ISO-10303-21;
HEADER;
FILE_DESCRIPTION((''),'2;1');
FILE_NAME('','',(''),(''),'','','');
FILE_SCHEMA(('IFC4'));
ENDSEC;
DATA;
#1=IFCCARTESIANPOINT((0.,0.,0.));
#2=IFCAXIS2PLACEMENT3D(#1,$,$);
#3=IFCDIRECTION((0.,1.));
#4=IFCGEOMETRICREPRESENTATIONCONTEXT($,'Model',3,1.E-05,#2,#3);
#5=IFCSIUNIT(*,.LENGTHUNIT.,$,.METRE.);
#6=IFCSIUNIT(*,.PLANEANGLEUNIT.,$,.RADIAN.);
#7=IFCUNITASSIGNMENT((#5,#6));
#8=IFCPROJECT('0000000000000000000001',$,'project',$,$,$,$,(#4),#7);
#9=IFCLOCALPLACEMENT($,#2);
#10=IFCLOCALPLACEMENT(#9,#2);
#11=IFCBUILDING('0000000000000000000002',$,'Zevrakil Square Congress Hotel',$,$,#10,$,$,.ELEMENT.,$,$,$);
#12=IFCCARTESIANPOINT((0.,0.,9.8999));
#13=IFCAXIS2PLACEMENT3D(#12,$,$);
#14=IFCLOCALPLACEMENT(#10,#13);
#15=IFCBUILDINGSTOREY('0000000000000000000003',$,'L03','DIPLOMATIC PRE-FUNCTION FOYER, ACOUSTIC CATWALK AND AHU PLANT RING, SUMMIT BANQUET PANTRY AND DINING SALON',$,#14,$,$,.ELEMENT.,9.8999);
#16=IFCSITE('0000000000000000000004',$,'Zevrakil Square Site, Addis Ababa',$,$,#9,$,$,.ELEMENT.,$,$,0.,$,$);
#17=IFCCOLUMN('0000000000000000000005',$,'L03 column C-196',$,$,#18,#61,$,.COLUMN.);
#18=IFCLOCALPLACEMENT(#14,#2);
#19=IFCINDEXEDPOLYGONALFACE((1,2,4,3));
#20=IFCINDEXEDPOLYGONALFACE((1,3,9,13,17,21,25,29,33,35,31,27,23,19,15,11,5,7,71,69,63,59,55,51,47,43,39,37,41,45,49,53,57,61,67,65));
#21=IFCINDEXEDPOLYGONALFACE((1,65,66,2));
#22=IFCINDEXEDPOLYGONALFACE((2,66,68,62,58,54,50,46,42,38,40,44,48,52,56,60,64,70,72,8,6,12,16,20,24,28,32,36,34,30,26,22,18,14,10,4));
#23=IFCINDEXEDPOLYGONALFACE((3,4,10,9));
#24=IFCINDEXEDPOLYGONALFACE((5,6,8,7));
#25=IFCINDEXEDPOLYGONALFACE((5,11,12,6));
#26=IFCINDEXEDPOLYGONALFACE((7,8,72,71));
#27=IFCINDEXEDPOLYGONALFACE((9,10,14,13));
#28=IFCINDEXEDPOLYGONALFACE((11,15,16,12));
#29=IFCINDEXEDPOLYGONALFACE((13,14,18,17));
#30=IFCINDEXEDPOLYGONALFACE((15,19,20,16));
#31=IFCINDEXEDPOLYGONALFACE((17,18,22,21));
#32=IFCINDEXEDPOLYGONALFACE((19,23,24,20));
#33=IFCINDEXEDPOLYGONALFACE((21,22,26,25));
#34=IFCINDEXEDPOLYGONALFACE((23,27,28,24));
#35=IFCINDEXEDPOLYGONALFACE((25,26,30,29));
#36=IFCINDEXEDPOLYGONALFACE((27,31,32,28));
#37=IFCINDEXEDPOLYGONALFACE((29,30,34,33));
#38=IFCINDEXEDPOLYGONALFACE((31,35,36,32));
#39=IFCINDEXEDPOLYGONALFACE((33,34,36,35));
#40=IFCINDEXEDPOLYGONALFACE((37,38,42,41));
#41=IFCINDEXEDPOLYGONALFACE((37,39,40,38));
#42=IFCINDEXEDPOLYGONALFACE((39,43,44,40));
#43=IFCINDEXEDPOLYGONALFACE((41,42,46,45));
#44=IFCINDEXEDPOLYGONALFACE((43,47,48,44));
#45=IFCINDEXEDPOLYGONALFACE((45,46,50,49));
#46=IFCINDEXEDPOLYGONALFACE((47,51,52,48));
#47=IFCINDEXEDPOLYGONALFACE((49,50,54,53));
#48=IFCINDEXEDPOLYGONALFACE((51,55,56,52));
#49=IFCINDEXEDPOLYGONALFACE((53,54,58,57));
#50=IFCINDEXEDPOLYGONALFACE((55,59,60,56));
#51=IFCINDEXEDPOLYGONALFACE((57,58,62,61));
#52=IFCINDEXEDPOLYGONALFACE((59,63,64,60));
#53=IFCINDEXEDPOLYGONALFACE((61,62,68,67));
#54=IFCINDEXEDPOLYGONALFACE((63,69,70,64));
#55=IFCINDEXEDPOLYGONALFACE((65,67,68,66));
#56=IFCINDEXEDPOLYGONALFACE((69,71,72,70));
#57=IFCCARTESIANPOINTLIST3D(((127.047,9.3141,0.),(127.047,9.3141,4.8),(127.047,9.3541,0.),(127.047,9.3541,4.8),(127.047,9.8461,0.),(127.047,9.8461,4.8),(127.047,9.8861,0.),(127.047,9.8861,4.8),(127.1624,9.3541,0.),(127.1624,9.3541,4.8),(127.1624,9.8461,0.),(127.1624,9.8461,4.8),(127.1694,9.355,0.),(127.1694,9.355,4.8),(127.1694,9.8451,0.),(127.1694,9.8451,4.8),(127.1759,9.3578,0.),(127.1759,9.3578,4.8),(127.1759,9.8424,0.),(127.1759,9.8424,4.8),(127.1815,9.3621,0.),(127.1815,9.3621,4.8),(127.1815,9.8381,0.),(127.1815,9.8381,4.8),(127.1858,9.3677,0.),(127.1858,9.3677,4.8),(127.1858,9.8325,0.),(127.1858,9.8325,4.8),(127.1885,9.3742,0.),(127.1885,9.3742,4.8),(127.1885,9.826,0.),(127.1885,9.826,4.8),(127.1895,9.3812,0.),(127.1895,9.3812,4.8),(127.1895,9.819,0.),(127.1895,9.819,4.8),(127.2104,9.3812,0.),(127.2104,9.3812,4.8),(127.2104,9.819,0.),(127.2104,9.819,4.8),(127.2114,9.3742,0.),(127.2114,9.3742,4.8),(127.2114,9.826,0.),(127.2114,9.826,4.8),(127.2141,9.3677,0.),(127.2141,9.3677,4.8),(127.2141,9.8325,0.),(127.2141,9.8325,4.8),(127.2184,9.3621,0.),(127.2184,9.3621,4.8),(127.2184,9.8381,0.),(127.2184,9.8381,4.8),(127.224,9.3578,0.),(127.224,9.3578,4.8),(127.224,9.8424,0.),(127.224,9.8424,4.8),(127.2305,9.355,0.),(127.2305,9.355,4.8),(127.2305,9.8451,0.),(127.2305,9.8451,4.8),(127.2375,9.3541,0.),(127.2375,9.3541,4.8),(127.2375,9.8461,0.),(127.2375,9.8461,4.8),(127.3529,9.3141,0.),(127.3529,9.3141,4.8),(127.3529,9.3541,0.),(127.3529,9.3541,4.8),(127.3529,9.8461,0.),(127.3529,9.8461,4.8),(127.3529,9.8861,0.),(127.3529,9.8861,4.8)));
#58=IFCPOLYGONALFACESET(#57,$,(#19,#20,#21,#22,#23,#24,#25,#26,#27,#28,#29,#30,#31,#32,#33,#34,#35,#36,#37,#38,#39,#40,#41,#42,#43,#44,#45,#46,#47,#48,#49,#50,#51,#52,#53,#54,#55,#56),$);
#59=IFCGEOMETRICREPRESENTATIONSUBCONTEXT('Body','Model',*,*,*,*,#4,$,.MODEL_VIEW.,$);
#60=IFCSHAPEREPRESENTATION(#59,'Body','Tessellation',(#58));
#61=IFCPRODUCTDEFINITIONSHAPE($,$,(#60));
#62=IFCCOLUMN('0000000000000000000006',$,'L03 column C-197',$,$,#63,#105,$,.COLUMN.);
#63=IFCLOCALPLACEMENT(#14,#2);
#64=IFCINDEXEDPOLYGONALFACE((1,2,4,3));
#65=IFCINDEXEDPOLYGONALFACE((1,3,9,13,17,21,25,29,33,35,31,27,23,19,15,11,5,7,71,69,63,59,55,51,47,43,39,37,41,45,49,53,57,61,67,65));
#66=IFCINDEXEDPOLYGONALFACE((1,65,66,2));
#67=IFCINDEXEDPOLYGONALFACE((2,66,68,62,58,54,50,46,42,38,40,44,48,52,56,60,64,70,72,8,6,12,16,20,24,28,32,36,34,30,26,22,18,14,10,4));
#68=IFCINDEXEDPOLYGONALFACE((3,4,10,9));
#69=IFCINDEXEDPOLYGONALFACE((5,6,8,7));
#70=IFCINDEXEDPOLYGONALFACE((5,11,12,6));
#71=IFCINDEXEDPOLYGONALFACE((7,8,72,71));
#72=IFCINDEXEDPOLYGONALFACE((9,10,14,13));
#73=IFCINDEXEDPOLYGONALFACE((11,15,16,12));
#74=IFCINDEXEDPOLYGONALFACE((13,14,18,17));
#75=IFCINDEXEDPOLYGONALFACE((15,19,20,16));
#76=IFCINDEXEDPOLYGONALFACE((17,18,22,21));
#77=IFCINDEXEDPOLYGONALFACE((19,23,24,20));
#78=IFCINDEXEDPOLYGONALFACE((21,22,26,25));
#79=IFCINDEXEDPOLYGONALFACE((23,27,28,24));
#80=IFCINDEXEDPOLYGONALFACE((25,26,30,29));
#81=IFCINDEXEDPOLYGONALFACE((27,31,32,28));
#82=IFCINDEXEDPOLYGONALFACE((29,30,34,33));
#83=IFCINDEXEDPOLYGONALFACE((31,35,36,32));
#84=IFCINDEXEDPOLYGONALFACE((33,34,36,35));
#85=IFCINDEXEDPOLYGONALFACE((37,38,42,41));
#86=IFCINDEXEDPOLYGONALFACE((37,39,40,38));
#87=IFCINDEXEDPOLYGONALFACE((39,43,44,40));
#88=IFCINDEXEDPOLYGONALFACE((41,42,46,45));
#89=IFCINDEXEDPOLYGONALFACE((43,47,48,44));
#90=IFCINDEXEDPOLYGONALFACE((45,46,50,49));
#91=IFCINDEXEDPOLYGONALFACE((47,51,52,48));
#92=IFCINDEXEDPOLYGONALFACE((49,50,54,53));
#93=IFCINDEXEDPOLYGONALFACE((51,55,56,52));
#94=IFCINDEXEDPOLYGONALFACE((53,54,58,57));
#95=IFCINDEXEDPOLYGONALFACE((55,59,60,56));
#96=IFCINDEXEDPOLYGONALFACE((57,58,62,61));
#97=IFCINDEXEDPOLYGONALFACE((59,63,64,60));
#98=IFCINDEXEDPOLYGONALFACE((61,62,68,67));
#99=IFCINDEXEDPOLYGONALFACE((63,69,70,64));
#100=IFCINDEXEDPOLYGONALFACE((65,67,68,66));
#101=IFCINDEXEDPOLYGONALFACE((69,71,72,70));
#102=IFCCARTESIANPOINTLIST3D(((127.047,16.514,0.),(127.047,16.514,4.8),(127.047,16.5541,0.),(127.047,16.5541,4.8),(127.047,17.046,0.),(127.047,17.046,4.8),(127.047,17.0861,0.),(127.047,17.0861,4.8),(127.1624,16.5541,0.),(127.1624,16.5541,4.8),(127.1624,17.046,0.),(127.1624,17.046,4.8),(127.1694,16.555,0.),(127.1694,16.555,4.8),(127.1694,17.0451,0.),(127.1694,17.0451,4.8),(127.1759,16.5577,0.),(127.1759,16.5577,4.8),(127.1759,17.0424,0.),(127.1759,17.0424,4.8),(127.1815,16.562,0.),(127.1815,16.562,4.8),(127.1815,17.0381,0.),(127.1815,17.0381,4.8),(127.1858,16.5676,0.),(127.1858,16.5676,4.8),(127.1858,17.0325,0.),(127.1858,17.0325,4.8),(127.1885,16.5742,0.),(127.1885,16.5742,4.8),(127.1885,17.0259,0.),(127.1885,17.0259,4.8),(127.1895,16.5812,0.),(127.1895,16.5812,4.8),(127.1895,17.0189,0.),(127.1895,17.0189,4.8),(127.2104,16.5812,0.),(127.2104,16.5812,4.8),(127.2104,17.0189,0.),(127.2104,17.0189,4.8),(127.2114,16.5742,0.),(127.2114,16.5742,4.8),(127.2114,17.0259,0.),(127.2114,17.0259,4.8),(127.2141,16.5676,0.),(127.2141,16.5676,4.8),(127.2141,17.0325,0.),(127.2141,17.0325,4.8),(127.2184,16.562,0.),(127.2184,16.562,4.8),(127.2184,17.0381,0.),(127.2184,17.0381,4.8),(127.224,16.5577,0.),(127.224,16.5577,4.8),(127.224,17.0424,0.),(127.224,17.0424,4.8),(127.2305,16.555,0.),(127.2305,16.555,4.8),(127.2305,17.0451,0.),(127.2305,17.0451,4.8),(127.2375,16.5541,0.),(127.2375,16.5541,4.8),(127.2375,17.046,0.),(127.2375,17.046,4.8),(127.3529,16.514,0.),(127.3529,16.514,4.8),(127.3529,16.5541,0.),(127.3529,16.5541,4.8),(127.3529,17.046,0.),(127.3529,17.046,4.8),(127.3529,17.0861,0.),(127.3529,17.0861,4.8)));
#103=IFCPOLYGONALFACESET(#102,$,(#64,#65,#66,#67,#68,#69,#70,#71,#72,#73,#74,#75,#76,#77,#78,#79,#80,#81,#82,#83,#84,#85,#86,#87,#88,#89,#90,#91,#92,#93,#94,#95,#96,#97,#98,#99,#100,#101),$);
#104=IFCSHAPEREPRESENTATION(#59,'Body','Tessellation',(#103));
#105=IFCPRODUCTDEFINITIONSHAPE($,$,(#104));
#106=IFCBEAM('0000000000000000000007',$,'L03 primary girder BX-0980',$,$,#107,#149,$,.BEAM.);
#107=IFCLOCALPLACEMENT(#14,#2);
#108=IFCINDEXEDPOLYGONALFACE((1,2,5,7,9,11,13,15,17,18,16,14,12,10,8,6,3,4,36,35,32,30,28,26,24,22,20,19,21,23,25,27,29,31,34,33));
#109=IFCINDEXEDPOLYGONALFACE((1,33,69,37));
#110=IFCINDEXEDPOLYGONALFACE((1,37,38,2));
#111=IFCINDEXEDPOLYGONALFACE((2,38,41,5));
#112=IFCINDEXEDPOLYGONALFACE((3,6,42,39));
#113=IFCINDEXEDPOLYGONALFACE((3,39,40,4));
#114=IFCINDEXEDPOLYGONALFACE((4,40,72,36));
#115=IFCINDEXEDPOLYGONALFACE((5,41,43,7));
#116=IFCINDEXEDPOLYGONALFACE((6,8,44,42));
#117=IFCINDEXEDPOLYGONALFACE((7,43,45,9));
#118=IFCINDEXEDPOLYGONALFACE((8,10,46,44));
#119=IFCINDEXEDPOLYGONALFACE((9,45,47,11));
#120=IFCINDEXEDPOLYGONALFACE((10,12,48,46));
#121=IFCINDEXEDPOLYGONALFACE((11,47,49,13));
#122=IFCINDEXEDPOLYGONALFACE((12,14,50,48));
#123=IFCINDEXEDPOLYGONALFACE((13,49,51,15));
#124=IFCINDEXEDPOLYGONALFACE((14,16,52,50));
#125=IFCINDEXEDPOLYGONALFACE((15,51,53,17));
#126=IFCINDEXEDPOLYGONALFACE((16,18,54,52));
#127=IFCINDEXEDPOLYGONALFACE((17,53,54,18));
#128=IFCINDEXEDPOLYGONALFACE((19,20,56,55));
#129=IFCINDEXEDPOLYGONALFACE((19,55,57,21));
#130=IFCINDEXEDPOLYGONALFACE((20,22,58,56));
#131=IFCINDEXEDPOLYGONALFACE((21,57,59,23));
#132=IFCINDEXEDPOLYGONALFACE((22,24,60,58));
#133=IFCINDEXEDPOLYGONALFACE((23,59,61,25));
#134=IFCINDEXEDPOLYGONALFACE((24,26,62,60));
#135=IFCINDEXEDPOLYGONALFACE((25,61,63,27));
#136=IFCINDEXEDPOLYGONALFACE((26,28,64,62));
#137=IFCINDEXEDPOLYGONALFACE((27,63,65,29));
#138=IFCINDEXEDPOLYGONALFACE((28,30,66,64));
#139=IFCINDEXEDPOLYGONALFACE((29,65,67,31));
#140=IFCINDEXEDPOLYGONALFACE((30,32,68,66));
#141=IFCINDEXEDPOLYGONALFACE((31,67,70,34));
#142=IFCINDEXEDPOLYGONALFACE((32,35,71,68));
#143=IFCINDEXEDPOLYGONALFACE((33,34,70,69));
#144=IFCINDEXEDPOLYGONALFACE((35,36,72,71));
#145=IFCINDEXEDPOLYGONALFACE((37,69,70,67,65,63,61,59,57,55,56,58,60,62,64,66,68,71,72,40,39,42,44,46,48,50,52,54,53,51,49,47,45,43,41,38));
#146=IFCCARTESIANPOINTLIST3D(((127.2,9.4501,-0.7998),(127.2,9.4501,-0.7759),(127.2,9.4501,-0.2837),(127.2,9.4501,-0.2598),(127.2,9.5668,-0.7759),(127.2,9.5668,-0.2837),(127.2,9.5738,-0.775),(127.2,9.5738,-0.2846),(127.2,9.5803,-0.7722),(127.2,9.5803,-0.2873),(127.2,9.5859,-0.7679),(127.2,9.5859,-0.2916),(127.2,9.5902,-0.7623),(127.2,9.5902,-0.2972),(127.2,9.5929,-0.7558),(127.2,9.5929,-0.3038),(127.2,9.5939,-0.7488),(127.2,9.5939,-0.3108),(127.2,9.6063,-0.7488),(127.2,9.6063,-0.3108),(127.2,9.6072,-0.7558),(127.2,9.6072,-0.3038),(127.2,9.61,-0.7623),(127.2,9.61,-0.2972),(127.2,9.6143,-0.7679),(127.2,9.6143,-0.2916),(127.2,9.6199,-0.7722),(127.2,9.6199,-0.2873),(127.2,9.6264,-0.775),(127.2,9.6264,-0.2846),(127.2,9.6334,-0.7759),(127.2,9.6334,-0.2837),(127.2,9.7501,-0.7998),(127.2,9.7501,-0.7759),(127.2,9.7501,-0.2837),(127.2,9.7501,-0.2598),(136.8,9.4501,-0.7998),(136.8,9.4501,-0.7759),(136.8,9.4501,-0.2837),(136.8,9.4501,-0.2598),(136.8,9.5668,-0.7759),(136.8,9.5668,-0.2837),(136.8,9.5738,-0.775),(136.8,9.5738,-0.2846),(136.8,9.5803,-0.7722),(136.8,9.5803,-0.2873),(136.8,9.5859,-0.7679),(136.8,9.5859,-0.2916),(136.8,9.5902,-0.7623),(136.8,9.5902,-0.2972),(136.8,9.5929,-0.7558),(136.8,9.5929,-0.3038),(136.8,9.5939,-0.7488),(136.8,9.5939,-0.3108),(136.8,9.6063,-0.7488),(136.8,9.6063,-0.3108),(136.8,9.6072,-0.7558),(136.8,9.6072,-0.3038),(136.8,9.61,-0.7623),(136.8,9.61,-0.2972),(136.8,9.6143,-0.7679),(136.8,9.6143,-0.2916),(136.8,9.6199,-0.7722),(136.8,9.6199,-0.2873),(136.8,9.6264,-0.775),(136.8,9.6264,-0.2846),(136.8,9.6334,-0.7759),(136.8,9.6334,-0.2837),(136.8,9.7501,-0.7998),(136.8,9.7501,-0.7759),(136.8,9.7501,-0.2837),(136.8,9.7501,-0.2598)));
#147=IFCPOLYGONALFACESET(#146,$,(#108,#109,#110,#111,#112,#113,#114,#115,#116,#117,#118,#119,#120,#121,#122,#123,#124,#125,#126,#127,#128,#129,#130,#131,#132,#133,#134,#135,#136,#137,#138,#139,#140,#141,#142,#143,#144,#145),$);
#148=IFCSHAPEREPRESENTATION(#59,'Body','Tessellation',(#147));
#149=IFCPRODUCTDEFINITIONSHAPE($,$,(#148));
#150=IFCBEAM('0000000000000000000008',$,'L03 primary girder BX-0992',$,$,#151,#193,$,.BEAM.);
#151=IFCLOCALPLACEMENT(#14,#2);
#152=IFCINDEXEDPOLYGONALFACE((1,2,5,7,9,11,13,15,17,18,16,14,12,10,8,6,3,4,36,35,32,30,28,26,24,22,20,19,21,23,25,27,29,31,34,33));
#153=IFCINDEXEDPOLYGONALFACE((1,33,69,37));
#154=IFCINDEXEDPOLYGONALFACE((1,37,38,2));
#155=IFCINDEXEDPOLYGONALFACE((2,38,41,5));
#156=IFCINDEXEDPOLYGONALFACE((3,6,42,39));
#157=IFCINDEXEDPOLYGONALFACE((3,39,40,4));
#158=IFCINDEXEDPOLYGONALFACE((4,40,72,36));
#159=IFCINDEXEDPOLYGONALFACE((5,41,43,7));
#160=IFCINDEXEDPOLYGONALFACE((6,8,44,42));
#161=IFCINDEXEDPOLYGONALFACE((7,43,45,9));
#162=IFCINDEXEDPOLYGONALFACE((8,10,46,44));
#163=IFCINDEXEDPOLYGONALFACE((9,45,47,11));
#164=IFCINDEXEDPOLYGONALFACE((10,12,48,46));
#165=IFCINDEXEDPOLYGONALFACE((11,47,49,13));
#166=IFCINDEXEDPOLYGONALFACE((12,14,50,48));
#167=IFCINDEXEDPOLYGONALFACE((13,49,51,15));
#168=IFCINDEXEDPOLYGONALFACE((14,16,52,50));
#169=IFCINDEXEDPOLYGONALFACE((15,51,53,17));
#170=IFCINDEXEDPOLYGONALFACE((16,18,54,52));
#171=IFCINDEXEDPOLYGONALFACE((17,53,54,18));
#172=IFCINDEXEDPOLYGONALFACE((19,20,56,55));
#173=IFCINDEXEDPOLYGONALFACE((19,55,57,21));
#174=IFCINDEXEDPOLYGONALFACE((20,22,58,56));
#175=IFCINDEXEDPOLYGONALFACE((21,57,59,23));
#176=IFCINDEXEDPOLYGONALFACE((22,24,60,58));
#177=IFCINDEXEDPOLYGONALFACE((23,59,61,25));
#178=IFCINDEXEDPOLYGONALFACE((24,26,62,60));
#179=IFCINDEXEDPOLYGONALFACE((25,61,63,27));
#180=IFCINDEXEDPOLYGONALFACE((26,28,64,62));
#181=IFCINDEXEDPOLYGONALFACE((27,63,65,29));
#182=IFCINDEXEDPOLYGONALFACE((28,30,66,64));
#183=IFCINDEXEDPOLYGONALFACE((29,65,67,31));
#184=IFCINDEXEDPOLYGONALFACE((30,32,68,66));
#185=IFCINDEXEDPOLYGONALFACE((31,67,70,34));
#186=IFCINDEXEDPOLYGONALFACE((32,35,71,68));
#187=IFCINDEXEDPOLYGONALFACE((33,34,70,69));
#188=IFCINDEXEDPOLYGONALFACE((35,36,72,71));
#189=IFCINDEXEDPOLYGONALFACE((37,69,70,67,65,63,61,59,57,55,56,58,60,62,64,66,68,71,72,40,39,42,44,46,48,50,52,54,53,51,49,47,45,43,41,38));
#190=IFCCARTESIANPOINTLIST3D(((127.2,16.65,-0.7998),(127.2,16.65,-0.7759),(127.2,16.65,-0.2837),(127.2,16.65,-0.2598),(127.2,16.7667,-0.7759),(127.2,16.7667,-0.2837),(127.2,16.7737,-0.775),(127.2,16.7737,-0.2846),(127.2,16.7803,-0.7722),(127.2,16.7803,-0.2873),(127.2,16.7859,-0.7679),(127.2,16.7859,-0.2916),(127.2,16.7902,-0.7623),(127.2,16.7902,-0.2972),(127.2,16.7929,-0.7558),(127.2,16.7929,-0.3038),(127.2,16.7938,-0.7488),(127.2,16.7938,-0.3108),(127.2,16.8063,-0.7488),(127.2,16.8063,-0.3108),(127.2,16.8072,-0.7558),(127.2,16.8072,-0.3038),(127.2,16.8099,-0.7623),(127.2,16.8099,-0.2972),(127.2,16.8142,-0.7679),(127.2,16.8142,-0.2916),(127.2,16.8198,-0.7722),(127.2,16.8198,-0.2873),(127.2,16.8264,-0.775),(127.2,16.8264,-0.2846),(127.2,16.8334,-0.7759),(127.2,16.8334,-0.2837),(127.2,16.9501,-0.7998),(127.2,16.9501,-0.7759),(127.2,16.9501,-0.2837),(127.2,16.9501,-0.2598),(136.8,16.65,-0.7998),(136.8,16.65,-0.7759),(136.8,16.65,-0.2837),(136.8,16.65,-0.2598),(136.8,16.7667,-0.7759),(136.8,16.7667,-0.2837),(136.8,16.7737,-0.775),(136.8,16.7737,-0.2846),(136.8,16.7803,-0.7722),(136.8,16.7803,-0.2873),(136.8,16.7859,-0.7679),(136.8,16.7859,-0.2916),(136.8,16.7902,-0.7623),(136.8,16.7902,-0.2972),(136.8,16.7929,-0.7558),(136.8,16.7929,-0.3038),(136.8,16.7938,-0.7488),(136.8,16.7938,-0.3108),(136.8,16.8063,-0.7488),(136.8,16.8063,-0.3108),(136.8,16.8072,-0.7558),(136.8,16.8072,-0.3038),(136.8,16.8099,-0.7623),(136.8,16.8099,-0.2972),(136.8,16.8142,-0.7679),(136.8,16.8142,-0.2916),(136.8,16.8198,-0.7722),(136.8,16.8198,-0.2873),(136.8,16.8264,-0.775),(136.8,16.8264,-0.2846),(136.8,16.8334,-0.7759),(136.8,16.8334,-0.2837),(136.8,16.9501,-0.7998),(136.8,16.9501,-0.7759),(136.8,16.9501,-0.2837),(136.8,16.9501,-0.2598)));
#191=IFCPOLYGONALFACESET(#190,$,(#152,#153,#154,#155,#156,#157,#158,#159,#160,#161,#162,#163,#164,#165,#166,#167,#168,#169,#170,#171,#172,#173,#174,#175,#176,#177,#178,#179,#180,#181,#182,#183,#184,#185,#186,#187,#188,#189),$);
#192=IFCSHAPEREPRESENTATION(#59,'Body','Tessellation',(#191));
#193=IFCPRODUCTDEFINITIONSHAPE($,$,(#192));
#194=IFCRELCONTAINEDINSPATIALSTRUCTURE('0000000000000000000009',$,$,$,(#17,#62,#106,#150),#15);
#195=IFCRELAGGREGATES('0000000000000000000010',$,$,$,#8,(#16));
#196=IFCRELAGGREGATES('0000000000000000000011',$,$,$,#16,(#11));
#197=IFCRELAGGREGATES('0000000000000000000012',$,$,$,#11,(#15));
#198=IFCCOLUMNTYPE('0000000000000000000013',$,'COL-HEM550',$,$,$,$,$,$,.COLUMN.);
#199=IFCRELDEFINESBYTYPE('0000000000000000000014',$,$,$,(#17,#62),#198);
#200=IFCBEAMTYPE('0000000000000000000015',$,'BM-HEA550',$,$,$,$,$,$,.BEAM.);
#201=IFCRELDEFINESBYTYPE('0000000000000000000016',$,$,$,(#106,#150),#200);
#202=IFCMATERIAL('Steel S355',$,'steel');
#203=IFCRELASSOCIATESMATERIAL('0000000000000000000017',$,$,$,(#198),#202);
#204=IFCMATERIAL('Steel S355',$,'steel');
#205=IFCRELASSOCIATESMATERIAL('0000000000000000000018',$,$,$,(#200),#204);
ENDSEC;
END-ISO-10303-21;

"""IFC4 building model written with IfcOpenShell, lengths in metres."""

from ifc_helpers import new_model, si_unit, direction, frame, origin, origin_2d, place, context, subcontext, project, spatial, i_section, extrude, material, material_profile, profile_set, type_object, element, save


model = new_model("IFC4")

# Units and contexts
model_context = context("Model", 3, precision=1e-05, world=origin(), true_north=direction((0.0, 1.0)))
body_context = subcontext(model_context, "Body", "Model", "MODEL_VIEW")
ifc_project = project(units=[si_unit("LENGTHUNIT", "METRE"), si_unit("PLANEANGLEUNIT", "RADIAN")], contexts=[model_context])

# Site, building, storey
site_placement = place(None, origin())
site = spatial("IfcSite", under=ifc_project, at=site_placement, Name="Zevrakil Square Site, Addis Ababa", CompositionType="ELEMENT", RefElevation=0.0)
building_placement = place(site_placement, origin())
building = spatial("IfcBuilding", under=site, at=building_placement, Name="Zevrakil Square Congress Hotel", CompositionType="ELEMENT")
storey_placement = place(building_placement, frame((0.0, 0.0, 9.8999)))
storey = spatial("IfcBuildingStorey", under=building, at=storey_placement, Name="L03", Description="DIPLOMATIC PRE-FUNCTION FOYER, ACOUSTIC CATWALK AND AHU PLANT RING, SUMMIT BANQUET PANTRY AND DINING SALON", CompositionType="ELEMENT", Elevation=9.8999)

# Columns
ifc_material_1 = material(Name="Steel S355", Category="steel")
ifc_material_profile_1 = material_profile(ifc_material_1, i_section(OverallWidth=0.3059, OverallDepth=0.572, WebThickness=0.021, FlangeThickness=0.04, FilletRadius=0.0271, at=origin_2d()), Name="HEM 550")
ifc_profile_set_1 = profile_set([ifc_material_profile_1], Name="Steel S355")
column_type = type_object("IfcColumnType", Name="COL-HEM550", PredefinedType="COLUMN", material=ifc_profile_set_1)
for number, where, z_axis, x_axis, name in (
    (1, (127.2, 9.6001, 0.0), (0.0, 0.0, 1.0), (1.0, 0.0, 0.0), "L03 column C-196"),
    (2, (127.2, 16.8, 0.0), (0.0, 0.0, 1.0), (1.0, 0.0, 0.0), "L03 column C-197"),
):
    element("IfcColumn", number, at=place(storey_placement, frame(where, z_axis=z_axis, x_axis=x_axis)), inside=storey, type_object=column_type, Name=name, PredefinedType="COLUMN", context=body_context, shape_type="SweptSolid", body=[
        extrude(i_section(OverallWidth=0.3059, OverallDepth=0.572, WebThickness=0.021, FlangeThickness=0.04, FilletRadius=0.0271, at=origin_2d()), origin(), (0.0, 0.0, 1.0), 4.8),
    ])

# Beams
ifc_material_2 = material(Name="Steel S355", Category="steel")
ifc_material_profile_2 = material_profile(ifc_material_2, i_section(OverallWidth=0.3, OverallDepth=0.54, WebThickness=0.0125, FlangeThickness=0.0239, FilletRadius=0.0271, at=origin_2d()), Name="HEA 550")
ifc_profile_set_2 = profile_set([ifc_material_profile_2], Name="Steel S355")
beam_type_1 = type_object("IfcBeamType", Name="BM-HEA550", PredefinedType="BEAM", material=ifc_profile_set_2)
for number, where, z_axis, x_axis, name in (
    (3, (127.2, 9.6001, -0.5298), (1.0, 0.0, 0.0), (0.0, 1.0, 0.0), "L03 primary girder BX-0980"),
    (4, (127.2, 16.8, -0.5298), (1.0, 0.0, 0.0), (0.0, 1.0, 0.0), "L03 primary girder BX-0992"),
):
    element("IfcBeam", number, at=place(storey_placement, frame(where, z_axis=z_axis, x_axis=x_axis)), inside=storey, type_object=beam_type_1, Name=name, PredefinedType="BEAM", context=body_context, shape_type="SweptSolid", body=[
        extrude(i_section(OverallWidth=0.3, OverallDepth=0.54, WebThickness=0.0125, FlangeThickness=0.0239, FilletRadius=0.0271, at=origin_2d()), origin(), (0.0, 0.0, 1.0), 9.6001),
    ])

save(model, "model.ifc")
